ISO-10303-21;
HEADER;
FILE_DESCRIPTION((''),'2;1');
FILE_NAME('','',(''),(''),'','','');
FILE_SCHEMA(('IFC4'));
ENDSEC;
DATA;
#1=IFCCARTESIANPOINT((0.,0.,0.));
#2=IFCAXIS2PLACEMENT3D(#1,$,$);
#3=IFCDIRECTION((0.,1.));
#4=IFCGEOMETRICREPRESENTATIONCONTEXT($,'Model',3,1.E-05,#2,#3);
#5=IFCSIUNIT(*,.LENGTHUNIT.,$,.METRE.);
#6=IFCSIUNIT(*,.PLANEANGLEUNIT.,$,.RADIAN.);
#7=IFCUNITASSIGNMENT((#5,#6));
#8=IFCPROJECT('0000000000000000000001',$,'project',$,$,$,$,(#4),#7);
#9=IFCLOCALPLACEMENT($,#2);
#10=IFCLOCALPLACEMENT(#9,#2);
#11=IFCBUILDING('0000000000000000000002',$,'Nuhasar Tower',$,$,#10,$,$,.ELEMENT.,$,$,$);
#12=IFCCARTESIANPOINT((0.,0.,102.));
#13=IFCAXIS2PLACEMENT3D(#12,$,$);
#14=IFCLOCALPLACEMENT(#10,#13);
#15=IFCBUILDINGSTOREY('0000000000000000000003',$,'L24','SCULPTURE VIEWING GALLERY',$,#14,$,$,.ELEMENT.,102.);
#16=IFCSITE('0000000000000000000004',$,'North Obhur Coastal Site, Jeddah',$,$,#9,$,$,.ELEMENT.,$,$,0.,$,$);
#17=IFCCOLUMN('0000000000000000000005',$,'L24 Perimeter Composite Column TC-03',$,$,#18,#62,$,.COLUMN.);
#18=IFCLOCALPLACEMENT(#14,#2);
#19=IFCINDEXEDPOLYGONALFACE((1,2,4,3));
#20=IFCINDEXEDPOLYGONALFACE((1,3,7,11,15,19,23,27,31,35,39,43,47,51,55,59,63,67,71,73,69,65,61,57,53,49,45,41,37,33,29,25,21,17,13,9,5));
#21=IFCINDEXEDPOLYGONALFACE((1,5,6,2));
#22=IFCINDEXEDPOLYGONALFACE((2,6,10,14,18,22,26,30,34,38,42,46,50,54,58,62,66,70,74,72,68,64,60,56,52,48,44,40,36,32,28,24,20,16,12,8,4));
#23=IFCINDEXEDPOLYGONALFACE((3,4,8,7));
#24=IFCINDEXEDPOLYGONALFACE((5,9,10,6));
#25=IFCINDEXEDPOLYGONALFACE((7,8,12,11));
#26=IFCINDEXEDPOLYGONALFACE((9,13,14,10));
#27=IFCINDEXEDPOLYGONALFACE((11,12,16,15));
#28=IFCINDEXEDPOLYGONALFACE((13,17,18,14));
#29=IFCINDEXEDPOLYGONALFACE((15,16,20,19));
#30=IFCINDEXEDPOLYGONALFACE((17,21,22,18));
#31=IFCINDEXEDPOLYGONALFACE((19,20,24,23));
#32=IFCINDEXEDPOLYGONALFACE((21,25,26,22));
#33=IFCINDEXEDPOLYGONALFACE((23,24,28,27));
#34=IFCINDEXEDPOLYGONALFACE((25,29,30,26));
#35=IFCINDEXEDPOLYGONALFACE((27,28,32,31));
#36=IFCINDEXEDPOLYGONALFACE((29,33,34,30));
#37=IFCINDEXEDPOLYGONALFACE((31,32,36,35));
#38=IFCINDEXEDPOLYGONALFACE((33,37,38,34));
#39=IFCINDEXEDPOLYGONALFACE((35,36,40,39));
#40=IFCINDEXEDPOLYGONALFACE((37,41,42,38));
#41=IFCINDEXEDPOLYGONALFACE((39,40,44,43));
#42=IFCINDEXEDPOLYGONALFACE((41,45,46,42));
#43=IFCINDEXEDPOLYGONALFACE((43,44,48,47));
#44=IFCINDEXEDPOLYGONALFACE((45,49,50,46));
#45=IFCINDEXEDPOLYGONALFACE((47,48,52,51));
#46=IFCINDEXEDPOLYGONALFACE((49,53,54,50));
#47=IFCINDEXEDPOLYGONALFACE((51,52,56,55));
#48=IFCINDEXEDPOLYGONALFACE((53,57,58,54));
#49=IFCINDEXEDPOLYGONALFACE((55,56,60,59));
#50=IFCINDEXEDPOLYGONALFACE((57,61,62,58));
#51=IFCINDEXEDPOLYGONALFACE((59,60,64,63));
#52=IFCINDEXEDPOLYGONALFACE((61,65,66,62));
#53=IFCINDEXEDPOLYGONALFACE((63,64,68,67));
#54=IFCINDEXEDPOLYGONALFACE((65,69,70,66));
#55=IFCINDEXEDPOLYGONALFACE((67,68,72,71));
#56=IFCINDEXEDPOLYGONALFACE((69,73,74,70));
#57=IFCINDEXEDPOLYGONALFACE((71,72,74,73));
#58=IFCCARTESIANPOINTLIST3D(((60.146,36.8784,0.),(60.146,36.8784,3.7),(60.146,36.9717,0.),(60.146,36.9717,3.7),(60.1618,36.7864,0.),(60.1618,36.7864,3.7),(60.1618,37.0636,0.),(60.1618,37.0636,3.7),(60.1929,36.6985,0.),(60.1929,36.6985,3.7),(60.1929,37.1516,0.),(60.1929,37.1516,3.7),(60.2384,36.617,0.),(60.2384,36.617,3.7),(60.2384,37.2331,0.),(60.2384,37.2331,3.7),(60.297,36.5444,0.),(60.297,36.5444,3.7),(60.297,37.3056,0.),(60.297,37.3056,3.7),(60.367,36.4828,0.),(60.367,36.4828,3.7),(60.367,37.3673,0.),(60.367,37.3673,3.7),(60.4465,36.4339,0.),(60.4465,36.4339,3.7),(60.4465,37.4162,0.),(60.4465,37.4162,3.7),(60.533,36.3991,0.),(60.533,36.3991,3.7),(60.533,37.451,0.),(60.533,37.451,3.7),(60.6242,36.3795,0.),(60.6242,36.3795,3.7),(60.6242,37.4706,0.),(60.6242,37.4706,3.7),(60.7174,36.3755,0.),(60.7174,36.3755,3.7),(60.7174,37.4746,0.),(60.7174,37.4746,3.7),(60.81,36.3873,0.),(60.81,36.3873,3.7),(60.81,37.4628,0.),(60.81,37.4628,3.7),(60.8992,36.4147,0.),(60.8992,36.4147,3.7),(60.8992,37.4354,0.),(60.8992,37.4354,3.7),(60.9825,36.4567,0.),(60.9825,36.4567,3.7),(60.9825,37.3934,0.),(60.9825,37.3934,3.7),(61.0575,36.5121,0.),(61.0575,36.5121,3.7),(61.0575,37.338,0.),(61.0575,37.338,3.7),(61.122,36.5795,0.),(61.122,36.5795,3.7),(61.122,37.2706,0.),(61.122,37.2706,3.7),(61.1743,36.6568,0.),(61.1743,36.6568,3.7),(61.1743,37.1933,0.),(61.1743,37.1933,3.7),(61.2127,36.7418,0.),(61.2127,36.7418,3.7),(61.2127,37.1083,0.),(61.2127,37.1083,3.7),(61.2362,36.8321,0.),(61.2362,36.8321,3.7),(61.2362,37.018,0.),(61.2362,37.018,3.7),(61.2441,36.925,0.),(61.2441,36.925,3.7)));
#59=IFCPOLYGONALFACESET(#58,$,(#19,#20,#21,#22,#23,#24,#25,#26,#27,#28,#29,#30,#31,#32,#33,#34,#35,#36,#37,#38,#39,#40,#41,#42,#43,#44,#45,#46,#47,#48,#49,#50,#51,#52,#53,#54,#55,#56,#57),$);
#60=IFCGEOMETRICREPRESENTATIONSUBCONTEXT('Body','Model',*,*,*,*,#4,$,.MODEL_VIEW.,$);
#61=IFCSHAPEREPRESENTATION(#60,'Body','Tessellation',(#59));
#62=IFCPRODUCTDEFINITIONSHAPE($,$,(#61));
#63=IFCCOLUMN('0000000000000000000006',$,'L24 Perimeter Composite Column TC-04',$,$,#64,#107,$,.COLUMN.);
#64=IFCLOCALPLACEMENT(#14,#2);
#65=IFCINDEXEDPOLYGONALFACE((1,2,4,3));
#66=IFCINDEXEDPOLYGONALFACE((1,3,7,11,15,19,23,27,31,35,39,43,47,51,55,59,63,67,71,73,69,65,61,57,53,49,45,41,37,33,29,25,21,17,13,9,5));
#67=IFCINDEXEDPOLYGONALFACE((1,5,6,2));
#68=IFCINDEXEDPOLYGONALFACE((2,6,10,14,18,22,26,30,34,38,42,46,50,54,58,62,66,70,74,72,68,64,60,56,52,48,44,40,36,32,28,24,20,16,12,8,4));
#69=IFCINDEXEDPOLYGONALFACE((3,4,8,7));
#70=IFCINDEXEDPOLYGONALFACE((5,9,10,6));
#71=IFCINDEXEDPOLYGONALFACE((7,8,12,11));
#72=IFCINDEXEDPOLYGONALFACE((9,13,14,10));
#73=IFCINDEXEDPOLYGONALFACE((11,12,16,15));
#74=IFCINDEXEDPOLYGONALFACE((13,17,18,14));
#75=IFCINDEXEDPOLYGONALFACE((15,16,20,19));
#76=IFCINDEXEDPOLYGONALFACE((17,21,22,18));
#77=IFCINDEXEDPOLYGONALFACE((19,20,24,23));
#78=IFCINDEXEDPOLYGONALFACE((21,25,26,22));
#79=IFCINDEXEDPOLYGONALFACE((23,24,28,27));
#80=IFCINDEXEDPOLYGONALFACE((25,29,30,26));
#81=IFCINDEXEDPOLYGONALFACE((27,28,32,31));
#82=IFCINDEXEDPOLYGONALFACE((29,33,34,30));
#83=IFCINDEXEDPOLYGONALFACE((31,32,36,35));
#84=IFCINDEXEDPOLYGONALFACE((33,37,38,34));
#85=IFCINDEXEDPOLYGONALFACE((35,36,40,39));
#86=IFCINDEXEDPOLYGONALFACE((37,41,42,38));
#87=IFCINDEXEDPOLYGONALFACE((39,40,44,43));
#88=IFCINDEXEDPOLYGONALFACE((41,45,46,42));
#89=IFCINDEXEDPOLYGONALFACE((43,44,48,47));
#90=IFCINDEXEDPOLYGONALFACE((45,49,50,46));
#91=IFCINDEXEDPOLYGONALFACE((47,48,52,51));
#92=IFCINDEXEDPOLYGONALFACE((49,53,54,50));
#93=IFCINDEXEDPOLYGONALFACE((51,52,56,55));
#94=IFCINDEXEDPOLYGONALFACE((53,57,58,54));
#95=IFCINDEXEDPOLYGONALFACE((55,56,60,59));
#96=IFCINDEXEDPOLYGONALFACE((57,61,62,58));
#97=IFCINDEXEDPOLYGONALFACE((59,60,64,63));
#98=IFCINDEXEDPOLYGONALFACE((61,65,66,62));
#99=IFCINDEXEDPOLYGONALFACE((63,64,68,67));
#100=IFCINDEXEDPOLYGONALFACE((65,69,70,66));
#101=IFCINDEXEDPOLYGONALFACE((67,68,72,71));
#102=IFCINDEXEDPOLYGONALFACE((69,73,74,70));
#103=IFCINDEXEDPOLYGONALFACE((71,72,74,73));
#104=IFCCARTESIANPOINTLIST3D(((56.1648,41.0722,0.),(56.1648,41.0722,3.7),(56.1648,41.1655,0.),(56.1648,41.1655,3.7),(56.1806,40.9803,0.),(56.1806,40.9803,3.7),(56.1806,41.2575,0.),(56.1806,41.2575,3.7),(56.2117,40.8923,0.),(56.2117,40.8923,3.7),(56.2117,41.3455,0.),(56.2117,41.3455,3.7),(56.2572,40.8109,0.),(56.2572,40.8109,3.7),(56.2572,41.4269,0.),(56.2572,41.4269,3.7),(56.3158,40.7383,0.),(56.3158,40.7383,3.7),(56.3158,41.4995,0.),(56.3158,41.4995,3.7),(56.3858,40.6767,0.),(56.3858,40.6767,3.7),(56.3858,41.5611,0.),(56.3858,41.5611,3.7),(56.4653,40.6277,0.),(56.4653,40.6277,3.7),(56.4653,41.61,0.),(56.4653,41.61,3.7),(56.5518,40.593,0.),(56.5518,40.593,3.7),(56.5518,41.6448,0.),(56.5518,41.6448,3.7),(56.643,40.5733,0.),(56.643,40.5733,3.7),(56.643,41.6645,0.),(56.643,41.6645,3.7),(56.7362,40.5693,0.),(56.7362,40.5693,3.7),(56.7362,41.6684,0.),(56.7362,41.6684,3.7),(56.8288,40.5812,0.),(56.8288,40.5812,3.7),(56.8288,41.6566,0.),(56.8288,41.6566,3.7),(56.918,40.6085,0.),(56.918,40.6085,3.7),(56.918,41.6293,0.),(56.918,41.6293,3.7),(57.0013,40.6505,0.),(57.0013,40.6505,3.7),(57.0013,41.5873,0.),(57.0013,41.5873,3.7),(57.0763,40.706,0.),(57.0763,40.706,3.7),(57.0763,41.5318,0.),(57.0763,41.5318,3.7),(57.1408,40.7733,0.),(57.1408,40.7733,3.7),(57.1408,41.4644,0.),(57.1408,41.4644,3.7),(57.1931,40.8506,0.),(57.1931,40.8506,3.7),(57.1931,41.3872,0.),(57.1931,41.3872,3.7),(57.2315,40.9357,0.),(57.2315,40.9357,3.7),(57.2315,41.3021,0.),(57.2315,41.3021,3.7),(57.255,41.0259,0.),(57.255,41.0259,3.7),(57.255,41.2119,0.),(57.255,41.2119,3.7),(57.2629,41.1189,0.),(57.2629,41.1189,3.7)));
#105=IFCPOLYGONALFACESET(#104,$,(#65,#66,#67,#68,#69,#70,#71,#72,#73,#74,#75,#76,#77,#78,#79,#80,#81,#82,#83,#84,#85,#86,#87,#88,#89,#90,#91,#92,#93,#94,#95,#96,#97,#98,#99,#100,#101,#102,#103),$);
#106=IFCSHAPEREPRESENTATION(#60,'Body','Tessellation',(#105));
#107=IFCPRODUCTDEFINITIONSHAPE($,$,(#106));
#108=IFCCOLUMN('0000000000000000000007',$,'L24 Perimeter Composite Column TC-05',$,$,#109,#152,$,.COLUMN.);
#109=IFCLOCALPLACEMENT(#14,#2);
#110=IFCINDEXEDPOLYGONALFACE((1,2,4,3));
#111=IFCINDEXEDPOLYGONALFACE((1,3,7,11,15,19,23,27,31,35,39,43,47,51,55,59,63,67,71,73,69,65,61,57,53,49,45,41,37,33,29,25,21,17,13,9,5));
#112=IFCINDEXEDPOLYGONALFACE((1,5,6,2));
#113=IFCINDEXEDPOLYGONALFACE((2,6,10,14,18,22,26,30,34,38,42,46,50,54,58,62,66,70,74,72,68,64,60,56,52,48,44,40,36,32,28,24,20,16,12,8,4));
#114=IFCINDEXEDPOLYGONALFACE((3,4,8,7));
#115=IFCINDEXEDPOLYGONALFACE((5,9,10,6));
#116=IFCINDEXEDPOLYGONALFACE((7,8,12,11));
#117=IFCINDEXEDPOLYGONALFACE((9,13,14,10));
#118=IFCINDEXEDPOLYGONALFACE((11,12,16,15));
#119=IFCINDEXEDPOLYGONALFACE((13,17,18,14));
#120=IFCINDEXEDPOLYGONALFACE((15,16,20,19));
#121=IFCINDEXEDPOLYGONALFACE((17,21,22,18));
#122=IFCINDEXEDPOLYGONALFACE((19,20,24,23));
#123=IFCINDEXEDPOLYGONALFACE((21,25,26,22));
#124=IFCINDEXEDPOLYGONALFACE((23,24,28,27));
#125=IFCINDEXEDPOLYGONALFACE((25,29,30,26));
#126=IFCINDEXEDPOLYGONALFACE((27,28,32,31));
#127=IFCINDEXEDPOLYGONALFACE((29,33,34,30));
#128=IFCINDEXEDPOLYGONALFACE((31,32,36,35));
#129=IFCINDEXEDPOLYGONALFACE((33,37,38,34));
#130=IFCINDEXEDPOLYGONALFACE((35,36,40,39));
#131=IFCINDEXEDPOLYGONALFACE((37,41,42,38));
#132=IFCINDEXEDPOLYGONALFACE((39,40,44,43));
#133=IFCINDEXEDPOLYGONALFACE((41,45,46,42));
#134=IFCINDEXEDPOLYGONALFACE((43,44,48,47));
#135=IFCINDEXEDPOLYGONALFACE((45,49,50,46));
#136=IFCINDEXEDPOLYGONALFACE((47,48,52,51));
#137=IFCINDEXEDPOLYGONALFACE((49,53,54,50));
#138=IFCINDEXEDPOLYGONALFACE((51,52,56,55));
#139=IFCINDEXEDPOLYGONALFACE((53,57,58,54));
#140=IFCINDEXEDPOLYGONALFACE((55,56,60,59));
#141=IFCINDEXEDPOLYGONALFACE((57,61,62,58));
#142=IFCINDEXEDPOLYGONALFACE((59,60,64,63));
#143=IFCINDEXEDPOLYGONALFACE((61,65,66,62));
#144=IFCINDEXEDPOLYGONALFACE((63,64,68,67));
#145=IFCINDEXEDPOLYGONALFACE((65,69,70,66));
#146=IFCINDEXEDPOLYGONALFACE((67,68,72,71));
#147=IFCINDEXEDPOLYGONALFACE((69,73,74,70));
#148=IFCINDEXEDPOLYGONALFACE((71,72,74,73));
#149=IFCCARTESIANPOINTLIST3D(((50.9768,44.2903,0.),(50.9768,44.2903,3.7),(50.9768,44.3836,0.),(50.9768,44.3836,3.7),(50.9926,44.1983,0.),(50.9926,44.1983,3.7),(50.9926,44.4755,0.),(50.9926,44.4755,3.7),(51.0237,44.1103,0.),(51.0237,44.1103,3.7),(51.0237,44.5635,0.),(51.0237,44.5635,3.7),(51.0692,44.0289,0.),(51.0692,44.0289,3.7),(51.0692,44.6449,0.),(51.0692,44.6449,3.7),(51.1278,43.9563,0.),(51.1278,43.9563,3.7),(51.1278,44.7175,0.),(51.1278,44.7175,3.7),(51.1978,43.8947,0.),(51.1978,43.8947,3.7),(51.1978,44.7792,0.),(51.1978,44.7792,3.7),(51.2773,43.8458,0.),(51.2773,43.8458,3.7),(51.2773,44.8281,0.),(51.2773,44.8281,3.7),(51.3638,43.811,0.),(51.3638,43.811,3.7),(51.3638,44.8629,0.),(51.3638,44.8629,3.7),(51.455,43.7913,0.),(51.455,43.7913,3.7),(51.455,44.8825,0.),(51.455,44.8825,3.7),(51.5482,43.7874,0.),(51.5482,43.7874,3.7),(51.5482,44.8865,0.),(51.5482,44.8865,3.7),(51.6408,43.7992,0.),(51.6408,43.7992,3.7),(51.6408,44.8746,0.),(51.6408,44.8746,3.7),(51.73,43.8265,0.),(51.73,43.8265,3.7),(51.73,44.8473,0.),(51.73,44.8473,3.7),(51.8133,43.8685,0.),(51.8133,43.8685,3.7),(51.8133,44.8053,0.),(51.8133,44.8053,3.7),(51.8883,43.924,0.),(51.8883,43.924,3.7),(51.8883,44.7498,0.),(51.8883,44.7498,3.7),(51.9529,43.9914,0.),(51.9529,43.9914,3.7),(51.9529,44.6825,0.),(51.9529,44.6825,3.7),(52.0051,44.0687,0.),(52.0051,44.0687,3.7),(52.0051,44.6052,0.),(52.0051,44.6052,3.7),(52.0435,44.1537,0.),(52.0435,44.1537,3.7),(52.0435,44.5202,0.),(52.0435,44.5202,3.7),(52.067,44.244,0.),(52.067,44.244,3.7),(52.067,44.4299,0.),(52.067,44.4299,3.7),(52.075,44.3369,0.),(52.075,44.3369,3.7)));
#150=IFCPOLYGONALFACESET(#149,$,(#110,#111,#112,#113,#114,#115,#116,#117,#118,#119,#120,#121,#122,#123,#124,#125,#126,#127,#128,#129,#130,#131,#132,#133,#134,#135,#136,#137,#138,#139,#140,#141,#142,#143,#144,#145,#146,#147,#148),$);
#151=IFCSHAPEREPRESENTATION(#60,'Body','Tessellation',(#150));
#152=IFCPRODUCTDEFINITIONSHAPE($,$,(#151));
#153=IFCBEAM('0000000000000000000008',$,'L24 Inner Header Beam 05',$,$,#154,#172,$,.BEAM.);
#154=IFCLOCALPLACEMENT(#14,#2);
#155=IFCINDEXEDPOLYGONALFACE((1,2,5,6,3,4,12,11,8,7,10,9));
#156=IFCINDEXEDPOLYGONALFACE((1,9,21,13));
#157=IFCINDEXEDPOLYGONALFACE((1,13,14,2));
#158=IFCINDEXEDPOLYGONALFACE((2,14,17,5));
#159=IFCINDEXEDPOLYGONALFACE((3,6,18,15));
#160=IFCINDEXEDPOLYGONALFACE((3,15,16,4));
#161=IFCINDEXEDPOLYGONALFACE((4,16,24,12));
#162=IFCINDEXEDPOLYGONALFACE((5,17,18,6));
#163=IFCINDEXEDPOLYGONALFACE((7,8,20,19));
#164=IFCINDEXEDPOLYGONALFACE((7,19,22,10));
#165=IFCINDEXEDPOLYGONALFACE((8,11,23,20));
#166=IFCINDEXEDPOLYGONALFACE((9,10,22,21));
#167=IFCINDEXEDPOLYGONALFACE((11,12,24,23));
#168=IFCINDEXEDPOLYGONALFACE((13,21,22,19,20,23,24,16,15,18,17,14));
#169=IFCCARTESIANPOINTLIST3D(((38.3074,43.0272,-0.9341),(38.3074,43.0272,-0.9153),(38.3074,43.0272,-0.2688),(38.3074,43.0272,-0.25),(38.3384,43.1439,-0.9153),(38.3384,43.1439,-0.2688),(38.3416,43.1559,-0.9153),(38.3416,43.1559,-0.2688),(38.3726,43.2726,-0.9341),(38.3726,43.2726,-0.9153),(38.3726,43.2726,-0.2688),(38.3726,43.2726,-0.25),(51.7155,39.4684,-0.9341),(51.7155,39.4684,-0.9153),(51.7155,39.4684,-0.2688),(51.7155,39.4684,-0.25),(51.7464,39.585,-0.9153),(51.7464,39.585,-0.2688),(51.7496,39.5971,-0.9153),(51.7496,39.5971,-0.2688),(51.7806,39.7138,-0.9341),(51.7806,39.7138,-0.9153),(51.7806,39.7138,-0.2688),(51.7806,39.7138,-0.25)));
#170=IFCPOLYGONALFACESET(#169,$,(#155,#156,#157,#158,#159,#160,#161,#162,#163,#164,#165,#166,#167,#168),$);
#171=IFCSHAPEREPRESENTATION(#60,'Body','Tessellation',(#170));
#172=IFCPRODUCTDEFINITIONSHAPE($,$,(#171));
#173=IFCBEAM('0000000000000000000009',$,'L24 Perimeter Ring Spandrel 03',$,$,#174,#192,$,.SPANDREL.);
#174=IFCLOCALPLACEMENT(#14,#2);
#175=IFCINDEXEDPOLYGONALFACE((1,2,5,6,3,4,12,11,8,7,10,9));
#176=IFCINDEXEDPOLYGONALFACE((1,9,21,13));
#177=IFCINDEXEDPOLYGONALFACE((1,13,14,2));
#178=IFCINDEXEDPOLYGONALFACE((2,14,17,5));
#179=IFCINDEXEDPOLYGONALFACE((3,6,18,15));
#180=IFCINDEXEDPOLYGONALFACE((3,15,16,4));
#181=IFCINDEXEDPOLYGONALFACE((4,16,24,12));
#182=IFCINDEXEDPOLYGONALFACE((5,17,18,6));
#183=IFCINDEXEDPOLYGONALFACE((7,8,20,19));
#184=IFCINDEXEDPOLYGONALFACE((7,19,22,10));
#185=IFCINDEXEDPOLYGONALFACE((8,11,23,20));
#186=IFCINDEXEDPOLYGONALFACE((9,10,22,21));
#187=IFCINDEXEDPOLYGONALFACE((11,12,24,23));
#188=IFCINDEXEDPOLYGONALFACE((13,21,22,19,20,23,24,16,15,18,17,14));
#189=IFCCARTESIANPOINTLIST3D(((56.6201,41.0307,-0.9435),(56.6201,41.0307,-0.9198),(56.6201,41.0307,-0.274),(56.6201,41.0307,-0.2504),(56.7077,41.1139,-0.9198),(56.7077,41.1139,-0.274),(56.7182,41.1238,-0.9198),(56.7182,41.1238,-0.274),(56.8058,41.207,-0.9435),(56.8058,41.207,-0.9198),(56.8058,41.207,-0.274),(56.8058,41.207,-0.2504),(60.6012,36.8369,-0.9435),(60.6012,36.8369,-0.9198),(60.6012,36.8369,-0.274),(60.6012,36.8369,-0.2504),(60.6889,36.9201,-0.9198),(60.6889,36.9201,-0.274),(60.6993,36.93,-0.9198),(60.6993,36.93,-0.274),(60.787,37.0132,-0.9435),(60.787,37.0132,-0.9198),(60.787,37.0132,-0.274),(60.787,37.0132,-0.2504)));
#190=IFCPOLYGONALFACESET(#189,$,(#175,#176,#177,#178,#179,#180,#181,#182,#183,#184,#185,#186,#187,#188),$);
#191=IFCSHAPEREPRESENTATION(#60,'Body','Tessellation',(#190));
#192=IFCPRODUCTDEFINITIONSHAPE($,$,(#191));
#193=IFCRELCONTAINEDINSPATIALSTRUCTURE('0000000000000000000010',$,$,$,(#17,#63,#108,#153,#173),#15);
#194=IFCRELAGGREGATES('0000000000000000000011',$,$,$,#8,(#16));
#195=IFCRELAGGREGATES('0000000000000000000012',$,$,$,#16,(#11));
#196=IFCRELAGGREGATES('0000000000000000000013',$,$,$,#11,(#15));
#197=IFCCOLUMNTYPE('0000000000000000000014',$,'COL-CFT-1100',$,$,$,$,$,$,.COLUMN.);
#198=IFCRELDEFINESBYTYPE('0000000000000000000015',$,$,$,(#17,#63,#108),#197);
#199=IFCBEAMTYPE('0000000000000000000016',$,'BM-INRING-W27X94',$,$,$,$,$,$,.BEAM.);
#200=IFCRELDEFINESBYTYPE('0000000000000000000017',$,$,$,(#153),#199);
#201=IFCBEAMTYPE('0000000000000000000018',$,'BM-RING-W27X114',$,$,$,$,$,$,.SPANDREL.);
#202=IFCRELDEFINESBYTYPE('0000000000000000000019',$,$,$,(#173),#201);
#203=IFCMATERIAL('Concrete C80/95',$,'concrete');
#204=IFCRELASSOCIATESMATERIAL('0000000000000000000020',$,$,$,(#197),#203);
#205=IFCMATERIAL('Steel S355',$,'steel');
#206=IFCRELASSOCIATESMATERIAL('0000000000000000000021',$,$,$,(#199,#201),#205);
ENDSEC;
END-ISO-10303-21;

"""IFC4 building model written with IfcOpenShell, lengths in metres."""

from ifc_helpers import new_model, si_unit, direction, frame, origin, origin_2d, place, context, subcontext, project, spatial, circle, i_section, extrude, material, material_profile, profile_set, type_object, element, save


model = new_model("IFC4")

# Units and contexts
model_context = context("Model", 3, precision=1e-05, world=origin(), true_north=direction((0.0, 1.0)))
body_context = subcontext(model_context, "Body", "Model", "MODEL_VIEW")
ifc_project = project(units=[si_unit("LENGTHUNIT", "METRE"), si_unit("PLANEANGLEUNIT", "RADIAN")], contexts=[model_context])

# Site, building, storey
site_placement = place(None, origin())
site = spatial("IfcSite", under=ifc_project, at=site_placement, Name="North Obhur Coastal Site, Jeddah", CompositionType="ELEMENT", RefElevation=0.0)
building_placement = place(site_placement, origin())
building = spatial("IfcBuilding", under=site, at=building_placement, Name="Nuhasar Tower", CompositionType="ELEMENT")
storey_placement = place(building_placement, frame((0.0, 0.0, 102.0)))
storey = spatial("IfcBuildingStorey", under=building, at=storey_placement, Name="L24", Description="SCULPTURE VIEWING GALLERY", CompositionType="ELEMENT", Elevation=102.0)

# Columns
ifc_material_1 = material(Name="Concrete C80/95", Category="concrete")
ifc_material_profile_1 = material_profile(ifc_material_1, circle(Radius=0.55, at=origin_2d()), Name="CFT1100")
ifc_profile_set_1 = profile_set([ifc_material_profile_1], Name="Concrete C80/95")
column_type = type_object("IfcColumnType", Name="COL-CFT-1100", PredefinedType="COLUMN", material=ifc_profile_set_1)
for number, where, z_axis, x_axis, name in (
    (1, (60.6941, 36.925, 0.0), (0.0, 0.0, 1.0), (1.0, 0.0, 0.0), "L24 Perimeter Composite Column TC-03"),
    (2, (56.7129, 41.1189, 0.0), (0.0, 0.0, 1.0), (1.0, 0.0, 0.0), "L24 Perimeter Composite Column TC-04"),
    (3, (51.5249, 44.3369, 0.0), (0.0, 0.0, 1.0), (1.0, 0.0, 0.0), "L24 Perimeter Composite Column TC-05"),
):
    element("IfcColumn", number, at=place(storey_placement, frame(where, z_axis=z_axis, x_axis=x_axis)), inside=storey, type_object=column_type, Name=name, PredefinedType="COLUMN", context=body_context, shape_type="SweptSolid", body=[
        extrude(circle(Radius=0.55, at=origin_2d()), origin(), (0.0, 0.0, 1.0), 3.7),
    ])

# Beams
ifc_material_2 = material(Name="Steel S355", Category="steel")
ifc_material_profile_2 = material_profile(ifc_material_2, i_section(OverallWidth=0.2539, OverallDepth=0.6841, WebThickness=0.0125, FlangeThickness=0.0188, at=origin_2d()), Name="W27X94")
ifc_profile_set_2 = profile_set([ifc_material_profile_2], Name="Steel S355")
beam_type_1 = type_object("IfcBeamType", Name="BM-INRING-W27X94", PredefinedType="BEAM", material=ifc_profile_set_2)
beam_1_placement = place(storey_placement, frame((51.748, 39.5911, -0.592), z_axis=(-0.966533, 0.256544, 0.0), x_axis=(-0.256544, -0.966533, 0.0)))
element("IfcBeam", 4, at=beam_1_placement, inside=storey, type_object=beam_type_1, Name="L24 Inner Header Beam 05", PredefinedType="BEAM", context=body_context, shape_type="SweptSolid", body=[
    extrude(i_section(OverallWidth=0.2539, OverallDepth=0.6841, WebThickness=0.0125, FlangeThickness=0.0188, at=origin_2d()), origin(), (0.0, 0.0, 1.0), 13.8723),
])
ifc_material_profile_3 = material_profile(ifc_material_2, i_section(OverallWidth=0.2561, OverallDepth=0.6931, WebThickness=0.0144, FlangeThickness=0.0237, at=origin_2d()), Name="W27X114")
ifc_profile_set_3 = profile_set([ifc_material_profile_3], Name="Steel S355")
beam_type_2 = type_object("IfcBeamType", Name="BM-RING-W27X114", PredefinedType="SPANDREL", material=ifc_profile_set_3)
beam_2_placement = place(storey_placement, frame((60.6941, 36.925, -0.5969), z_axis=(-0.688481, 0.725254, 0.0), x_axis=(-0.725254, -0.688481, 0.0)))
element("IfcBeam", 5, at=beam_2_placement, inside=storey, type_object=beam_type_2, Name="L24 Perimeter Ring Spandrel 03", PredefinedType="SPANDREL", context=body_context, shape_type="SweptSolid", body=[
    extrude(i_section(OverallWidth=0.2561, OverallDepth=0.6931, WebThickness=0.0144, FlangeThickness=0.0237, at=origin_2d()), origin(), (0.0, 0.0, 1.0), 5.7825),
])

save(model, "model.ifc")
